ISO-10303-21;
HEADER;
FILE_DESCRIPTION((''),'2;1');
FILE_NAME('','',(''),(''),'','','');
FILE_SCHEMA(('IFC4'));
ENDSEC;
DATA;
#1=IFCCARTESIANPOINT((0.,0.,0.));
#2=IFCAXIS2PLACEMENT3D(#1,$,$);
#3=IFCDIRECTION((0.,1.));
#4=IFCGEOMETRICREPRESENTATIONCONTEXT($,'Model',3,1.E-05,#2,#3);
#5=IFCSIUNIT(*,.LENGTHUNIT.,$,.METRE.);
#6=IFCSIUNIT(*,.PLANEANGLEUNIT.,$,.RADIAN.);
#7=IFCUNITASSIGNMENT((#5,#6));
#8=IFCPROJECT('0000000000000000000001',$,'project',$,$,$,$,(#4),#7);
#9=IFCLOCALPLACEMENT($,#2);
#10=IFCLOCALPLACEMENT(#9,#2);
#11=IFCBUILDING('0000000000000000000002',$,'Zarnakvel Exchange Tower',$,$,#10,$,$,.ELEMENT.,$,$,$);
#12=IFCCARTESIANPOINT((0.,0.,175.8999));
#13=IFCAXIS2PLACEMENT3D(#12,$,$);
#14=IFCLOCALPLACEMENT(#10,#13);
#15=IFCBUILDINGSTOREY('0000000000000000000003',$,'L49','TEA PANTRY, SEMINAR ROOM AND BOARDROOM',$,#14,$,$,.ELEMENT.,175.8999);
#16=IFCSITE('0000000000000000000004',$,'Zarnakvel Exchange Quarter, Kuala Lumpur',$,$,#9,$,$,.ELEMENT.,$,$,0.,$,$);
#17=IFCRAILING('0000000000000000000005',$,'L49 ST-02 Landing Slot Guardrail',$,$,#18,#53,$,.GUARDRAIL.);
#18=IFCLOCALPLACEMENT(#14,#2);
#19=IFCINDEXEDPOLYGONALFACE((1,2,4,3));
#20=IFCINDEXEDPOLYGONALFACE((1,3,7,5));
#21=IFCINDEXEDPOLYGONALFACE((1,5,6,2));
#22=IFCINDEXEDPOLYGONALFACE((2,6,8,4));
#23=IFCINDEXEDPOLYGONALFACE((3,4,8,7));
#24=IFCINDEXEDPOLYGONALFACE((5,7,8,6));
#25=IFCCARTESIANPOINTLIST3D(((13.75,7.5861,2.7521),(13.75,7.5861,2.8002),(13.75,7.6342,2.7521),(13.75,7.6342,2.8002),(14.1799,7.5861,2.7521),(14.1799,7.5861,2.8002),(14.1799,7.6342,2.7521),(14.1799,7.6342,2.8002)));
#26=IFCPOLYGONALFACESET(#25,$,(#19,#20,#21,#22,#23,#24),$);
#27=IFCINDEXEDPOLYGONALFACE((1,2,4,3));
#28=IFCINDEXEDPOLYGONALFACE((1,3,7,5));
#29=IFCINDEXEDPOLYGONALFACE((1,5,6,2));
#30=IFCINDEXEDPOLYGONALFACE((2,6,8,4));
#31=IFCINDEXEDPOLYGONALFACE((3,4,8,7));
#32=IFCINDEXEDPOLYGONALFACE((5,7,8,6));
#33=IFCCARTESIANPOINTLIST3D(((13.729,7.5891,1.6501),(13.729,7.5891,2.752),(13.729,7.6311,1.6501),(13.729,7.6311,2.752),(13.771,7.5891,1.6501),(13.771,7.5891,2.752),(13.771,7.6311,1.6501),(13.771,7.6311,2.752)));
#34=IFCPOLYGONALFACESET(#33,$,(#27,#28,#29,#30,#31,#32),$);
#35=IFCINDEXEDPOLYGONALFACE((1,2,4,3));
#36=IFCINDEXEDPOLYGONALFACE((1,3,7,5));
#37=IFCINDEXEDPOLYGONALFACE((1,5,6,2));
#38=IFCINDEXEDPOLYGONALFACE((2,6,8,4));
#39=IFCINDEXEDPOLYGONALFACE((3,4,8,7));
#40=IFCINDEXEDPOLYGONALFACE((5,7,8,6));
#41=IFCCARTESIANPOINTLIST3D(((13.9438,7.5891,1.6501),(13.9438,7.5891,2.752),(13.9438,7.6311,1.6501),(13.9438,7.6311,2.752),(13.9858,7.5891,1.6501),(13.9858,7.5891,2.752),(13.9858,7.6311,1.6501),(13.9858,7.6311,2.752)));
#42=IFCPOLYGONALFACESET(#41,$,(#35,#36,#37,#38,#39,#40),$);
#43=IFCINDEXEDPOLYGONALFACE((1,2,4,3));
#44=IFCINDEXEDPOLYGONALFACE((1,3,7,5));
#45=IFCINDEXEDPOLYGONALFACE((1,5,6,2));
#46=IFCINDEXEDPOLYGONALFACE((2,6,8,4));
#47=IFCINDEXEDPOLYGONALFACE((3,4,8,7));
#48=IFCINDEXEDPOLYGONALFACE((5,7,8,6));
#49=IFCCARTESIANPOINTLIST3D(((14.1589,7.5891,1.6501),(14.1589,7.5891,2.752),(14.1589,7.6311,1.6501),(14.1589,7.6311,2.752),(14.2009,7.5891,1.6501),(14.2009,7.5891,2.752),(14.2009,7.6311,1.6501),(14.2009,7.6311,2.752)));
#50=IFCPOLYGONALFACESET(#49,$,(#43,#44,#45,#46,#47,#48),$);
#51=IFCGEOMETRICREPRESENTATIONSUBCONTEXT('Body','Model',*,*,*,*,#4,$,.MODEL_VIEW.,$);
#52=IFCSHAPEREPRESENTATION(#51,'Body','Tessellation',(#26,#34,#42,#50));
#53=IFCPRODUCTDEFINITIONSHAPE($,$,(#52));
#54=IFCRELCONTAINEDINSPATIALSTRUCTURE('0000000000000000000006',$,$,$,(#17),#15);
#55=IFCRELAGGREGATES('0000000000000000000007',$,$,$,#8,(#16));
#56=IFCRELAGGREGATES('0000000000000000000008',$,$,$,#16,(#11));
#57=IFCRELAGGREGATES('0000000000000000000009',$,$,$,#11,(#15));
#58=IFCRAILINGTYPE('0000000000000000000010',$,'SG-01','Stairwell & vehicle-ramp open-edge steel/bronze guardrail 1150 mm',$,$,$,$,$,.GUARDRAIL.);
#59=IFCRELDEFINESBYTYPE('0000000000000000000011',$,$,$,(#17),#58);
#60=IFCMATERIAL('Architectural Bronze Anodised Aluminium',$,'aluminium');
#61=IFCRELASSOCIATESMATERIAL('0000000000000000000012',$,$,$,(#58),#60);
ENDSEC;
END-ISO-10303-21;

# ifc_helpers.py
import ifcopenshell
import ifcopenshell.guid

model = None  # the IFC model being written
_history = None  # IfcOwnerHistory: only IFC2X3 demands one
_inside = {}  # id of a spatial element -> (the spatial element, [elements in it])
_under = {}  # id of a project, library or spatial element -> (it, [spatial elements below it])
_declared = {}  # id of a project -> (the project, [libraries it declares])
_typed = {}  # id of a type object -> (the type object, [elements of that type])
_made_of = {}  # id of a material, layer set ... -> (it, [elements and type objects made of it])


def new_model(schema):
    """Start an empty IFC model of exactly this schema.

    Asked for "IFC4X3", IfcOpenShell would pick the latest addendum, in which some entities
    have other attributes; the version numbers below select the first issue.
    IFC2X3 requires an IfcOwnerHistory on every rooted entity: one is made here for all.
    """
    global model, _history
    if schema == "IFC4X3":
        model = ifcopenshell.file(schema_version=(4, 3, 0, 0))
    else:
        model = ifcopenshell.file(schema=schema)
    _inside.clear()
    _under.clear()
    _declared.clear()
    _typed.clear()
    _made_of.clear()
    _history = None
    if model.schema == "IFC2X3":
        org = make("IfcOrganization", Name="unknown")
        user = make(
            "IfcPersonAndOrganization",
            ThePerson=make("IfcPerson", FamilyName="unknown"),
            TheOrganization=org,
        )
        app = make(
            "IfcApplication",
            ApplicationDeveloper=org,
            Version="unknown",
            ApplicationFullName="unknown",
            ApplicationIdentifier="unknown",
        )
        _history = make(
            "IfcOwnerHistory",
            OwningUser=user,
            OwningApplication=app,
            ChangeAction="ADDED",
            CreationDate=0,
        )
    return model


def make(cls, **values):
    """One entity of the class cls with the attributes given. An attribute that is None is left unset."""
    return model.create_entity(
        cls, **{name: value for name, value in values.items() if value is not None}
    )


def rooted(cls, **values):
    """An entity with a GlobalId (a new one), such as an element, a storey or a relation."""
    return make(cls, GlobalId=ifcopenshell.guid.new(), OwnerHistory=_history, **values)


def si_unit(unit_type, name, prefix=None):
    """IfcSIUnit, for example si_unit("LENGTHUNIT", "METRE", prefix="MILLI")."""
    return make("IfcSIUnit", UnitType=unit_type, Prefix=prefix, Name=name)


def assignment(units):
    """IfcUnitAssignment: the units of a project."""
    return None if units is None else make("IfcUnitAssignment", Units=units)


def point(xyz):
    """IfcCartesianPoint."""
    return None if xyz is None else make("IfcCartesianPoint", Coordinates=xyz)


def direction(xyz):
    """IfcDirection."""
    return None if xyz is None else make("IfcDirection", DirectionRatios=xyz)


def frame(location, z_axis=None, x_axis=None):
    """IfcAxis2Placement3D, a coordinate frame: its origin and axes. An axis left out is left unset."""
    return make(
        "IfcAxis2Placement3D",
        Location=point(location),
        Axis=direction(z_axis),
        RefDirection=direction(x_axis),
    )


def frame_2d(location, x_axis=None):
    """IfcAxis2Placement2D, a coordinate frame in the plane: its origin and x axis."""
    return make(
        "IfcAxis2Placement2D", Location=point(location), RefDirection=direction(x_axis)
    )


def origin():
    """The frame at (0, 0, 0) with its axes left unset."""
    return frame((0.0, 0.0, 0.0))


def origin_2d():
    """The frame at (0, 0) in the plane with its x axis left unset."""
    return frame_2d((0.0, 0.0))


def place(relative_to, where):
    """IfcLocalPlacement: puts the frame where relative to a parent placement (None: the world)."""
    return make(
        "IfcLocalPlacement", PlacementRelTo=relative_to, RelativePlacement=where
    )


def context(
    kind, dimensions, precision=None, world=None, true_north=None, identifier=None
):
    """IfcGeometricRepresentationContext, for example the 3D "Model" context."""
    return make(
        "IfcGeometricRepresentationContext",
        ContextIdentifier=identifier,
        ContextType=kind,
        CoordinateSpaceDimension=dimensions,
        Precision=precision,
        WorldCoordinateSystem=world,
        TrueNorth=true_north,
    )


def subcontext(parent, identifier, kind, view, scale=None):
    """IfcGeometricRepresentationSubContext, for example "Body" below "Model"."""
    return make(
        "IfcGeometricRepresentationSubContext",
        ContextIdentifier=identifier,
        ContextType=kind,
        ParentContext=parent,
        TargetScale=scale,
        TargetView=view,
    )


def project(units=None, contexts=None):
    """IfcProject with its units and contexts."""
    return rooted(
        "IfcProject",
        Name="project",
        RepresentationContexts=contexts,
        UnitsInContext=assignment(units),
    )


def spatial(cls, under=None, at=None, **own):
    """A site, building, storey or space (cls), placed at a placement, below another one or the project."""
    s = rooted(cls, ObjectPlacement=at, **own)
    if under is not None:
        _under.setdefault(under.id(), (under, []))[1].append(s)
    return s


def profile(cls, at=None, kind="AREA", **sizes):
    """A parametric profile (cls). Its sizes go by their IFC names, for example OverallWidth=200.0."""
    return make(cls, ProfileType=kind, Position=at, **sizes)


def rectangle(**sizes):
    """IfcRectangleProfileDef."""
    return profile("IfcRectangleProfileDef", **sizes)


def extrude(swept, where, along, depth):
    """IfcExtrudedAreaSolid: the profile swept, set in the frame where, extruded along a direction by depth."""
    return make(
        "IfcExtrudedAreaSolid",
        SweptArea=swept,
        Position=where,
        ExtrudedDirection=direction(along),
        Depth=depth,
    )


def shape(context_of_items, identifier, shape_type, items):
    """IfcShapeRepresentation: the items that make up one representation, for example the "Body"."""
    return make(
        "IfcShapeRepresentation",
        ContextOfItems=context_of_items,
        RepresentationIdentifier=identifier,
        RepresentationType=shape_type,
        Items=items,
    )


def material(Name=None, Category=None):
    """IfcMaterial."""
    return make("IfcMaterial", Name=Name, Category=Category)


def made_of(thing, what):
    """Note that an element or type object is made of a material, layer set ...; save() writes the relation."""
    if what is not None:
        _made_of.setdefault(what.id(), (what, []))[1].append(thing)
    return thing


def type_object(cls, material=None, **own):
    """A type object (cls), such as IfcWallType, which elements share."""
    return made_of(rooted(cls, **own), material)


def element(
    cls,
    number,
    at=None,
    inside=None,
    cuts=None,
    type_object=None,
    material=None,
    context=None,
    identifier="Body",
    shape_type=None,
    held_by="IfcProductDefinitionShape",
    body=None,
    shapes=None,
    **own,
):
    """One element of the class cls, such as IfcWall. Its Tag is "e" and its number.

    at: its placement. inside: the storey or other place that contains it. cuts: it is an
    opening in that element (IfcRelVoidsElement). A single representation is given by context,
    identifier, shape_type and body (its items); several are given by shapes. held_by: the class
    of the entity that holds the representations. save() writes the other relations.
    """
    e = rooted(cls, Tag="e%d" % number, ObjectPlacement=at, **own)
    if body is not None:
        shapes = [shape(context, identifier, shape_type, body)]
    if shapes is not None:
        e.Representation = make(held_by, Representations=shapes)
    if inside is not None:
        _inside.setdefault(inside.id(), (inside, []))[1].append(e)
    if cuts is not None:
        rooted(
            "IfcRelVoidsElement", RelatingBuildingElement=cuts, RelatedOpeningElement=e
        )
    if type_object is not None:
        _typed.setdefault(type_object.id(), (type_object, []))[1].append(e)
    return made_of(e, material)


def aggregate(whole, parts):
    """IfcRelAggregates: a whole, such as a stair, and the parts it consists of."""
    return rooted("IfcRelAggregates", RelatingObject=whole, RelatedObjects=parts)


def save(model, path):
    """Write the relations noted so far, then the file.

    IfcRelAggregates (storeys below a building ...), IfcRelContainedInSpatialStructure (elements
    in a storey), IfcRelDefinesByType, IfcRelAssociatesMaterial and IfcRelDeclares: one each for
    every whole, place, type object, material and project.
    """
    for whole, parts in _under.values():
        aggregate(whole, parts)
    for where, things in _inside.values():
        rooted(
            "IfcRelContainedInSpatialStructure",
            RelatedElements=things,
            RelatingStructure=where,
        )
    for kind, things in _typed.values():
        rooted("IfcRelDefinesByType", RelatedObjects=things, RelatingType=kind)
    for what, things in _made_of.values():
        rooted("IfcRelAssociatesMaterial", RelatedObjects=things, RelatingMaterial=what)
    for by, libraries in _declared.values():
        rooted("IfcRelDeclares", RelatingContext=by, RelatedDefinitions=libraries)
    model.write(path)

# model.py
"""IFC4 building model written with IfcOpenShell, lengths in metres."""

from ifc_helpers import new_model, si_unit, direction, frame, origin, origin_2d, place, context, subcontext, project, spatial, rectangle, extrude, material, type_object, element, save


model = new_model("IFC4")

# Units and contexts
model_context = context("Model", 3, precision=1e-05, world=origin(), true_north=direction((0.0, 1.0)))
body_context = subcontext(model_context, "Body", "Model", "MODEL_VIEW")
ifc_project = project(units=[si_unit("LENGTHUNIT", "METRE"), si_unit("PLANEANGLEUNIT", "RADIAN")], contexts=[model_context])

# Site, building, storey
site_placement = place(None, origin())
site = spatial("IfcSite", under=ifc_project, at=site_placement, Name="Zarnakvel Exchange Quarter, Kuala Lumpur", CompositionType="ELEMENT", RefElevation=0.0)
building_placement = place(site_placement, origin())
building = spatial("IfcBuilding", under=site, at=building_placement, Name="Zarnakvel Exchange Tower", CompositionType="ELEMENT")
storey_placement = place(building_placement, frame((0.0, 0.0, 175.8999)))
storey = spatial("IfcBuildingStorey", under=building, at=storey_placement, Name="L49", Description="TEA PANTRY, SEMINAR ROOM AND BOARDROOM", CompositionType="ELEMENT", Elevation=175.8999)

# Shared definitions
ifc_material_1 = material(Name="Architectural Bronze Anodised Aluminium", Category="aluminium")

# Railing
railing_type_1 = type_object("IfcRailingType", Name="SG-01", Description="Stairwell & vehicle-ramp open-edge steel/bronze guardrail 1150 mm", PredefinedType="GUARDRAIL", material=ifc_material_1)
railing_1_placement = place(storey_placement, frame((13.75, 7.6101, 1.6501)))
element("IfcRailing", 1, at=railing_1_placement, inside=storey, type_object=railing_type_1, Name="L49 ST-02 Landing Slot Guardrail", PredefinedType="GUARDRAIL", context=body_context, shape_type="SweptSolid", body=[
    extrude(rectangle(XDim=0.0481, YDim=0.0481, at=origin_2d()), frame((0.0, 0.0, 1.126), z_axis=(1.0, 0.0, 0.0), x_axis=(0.0, 1.0, 0.0)), (0.0, 0.0, 1.0), 0.4299),
    extrude(rectangle(XDim=0.042, YDim=0.042, at=origin_2d()), origin(), (0.0, 0.0, 1.0), 1.1018),
    extrude(rectangle(XDim=0.042, YDim=0.042, at=origin_2d()), frame((0.2148, 0.0, 0.0)), (0.0, 0.0, 1.0), 1.1018),
    extrude(rectangle(XDim=0.042, YDim=0.042, at=origin_2d()), frame((0.4299, 0.0, 0.0)), (0.0, 0.0, 1.0), 1.1018),
])

save(model, "model.ifc")
